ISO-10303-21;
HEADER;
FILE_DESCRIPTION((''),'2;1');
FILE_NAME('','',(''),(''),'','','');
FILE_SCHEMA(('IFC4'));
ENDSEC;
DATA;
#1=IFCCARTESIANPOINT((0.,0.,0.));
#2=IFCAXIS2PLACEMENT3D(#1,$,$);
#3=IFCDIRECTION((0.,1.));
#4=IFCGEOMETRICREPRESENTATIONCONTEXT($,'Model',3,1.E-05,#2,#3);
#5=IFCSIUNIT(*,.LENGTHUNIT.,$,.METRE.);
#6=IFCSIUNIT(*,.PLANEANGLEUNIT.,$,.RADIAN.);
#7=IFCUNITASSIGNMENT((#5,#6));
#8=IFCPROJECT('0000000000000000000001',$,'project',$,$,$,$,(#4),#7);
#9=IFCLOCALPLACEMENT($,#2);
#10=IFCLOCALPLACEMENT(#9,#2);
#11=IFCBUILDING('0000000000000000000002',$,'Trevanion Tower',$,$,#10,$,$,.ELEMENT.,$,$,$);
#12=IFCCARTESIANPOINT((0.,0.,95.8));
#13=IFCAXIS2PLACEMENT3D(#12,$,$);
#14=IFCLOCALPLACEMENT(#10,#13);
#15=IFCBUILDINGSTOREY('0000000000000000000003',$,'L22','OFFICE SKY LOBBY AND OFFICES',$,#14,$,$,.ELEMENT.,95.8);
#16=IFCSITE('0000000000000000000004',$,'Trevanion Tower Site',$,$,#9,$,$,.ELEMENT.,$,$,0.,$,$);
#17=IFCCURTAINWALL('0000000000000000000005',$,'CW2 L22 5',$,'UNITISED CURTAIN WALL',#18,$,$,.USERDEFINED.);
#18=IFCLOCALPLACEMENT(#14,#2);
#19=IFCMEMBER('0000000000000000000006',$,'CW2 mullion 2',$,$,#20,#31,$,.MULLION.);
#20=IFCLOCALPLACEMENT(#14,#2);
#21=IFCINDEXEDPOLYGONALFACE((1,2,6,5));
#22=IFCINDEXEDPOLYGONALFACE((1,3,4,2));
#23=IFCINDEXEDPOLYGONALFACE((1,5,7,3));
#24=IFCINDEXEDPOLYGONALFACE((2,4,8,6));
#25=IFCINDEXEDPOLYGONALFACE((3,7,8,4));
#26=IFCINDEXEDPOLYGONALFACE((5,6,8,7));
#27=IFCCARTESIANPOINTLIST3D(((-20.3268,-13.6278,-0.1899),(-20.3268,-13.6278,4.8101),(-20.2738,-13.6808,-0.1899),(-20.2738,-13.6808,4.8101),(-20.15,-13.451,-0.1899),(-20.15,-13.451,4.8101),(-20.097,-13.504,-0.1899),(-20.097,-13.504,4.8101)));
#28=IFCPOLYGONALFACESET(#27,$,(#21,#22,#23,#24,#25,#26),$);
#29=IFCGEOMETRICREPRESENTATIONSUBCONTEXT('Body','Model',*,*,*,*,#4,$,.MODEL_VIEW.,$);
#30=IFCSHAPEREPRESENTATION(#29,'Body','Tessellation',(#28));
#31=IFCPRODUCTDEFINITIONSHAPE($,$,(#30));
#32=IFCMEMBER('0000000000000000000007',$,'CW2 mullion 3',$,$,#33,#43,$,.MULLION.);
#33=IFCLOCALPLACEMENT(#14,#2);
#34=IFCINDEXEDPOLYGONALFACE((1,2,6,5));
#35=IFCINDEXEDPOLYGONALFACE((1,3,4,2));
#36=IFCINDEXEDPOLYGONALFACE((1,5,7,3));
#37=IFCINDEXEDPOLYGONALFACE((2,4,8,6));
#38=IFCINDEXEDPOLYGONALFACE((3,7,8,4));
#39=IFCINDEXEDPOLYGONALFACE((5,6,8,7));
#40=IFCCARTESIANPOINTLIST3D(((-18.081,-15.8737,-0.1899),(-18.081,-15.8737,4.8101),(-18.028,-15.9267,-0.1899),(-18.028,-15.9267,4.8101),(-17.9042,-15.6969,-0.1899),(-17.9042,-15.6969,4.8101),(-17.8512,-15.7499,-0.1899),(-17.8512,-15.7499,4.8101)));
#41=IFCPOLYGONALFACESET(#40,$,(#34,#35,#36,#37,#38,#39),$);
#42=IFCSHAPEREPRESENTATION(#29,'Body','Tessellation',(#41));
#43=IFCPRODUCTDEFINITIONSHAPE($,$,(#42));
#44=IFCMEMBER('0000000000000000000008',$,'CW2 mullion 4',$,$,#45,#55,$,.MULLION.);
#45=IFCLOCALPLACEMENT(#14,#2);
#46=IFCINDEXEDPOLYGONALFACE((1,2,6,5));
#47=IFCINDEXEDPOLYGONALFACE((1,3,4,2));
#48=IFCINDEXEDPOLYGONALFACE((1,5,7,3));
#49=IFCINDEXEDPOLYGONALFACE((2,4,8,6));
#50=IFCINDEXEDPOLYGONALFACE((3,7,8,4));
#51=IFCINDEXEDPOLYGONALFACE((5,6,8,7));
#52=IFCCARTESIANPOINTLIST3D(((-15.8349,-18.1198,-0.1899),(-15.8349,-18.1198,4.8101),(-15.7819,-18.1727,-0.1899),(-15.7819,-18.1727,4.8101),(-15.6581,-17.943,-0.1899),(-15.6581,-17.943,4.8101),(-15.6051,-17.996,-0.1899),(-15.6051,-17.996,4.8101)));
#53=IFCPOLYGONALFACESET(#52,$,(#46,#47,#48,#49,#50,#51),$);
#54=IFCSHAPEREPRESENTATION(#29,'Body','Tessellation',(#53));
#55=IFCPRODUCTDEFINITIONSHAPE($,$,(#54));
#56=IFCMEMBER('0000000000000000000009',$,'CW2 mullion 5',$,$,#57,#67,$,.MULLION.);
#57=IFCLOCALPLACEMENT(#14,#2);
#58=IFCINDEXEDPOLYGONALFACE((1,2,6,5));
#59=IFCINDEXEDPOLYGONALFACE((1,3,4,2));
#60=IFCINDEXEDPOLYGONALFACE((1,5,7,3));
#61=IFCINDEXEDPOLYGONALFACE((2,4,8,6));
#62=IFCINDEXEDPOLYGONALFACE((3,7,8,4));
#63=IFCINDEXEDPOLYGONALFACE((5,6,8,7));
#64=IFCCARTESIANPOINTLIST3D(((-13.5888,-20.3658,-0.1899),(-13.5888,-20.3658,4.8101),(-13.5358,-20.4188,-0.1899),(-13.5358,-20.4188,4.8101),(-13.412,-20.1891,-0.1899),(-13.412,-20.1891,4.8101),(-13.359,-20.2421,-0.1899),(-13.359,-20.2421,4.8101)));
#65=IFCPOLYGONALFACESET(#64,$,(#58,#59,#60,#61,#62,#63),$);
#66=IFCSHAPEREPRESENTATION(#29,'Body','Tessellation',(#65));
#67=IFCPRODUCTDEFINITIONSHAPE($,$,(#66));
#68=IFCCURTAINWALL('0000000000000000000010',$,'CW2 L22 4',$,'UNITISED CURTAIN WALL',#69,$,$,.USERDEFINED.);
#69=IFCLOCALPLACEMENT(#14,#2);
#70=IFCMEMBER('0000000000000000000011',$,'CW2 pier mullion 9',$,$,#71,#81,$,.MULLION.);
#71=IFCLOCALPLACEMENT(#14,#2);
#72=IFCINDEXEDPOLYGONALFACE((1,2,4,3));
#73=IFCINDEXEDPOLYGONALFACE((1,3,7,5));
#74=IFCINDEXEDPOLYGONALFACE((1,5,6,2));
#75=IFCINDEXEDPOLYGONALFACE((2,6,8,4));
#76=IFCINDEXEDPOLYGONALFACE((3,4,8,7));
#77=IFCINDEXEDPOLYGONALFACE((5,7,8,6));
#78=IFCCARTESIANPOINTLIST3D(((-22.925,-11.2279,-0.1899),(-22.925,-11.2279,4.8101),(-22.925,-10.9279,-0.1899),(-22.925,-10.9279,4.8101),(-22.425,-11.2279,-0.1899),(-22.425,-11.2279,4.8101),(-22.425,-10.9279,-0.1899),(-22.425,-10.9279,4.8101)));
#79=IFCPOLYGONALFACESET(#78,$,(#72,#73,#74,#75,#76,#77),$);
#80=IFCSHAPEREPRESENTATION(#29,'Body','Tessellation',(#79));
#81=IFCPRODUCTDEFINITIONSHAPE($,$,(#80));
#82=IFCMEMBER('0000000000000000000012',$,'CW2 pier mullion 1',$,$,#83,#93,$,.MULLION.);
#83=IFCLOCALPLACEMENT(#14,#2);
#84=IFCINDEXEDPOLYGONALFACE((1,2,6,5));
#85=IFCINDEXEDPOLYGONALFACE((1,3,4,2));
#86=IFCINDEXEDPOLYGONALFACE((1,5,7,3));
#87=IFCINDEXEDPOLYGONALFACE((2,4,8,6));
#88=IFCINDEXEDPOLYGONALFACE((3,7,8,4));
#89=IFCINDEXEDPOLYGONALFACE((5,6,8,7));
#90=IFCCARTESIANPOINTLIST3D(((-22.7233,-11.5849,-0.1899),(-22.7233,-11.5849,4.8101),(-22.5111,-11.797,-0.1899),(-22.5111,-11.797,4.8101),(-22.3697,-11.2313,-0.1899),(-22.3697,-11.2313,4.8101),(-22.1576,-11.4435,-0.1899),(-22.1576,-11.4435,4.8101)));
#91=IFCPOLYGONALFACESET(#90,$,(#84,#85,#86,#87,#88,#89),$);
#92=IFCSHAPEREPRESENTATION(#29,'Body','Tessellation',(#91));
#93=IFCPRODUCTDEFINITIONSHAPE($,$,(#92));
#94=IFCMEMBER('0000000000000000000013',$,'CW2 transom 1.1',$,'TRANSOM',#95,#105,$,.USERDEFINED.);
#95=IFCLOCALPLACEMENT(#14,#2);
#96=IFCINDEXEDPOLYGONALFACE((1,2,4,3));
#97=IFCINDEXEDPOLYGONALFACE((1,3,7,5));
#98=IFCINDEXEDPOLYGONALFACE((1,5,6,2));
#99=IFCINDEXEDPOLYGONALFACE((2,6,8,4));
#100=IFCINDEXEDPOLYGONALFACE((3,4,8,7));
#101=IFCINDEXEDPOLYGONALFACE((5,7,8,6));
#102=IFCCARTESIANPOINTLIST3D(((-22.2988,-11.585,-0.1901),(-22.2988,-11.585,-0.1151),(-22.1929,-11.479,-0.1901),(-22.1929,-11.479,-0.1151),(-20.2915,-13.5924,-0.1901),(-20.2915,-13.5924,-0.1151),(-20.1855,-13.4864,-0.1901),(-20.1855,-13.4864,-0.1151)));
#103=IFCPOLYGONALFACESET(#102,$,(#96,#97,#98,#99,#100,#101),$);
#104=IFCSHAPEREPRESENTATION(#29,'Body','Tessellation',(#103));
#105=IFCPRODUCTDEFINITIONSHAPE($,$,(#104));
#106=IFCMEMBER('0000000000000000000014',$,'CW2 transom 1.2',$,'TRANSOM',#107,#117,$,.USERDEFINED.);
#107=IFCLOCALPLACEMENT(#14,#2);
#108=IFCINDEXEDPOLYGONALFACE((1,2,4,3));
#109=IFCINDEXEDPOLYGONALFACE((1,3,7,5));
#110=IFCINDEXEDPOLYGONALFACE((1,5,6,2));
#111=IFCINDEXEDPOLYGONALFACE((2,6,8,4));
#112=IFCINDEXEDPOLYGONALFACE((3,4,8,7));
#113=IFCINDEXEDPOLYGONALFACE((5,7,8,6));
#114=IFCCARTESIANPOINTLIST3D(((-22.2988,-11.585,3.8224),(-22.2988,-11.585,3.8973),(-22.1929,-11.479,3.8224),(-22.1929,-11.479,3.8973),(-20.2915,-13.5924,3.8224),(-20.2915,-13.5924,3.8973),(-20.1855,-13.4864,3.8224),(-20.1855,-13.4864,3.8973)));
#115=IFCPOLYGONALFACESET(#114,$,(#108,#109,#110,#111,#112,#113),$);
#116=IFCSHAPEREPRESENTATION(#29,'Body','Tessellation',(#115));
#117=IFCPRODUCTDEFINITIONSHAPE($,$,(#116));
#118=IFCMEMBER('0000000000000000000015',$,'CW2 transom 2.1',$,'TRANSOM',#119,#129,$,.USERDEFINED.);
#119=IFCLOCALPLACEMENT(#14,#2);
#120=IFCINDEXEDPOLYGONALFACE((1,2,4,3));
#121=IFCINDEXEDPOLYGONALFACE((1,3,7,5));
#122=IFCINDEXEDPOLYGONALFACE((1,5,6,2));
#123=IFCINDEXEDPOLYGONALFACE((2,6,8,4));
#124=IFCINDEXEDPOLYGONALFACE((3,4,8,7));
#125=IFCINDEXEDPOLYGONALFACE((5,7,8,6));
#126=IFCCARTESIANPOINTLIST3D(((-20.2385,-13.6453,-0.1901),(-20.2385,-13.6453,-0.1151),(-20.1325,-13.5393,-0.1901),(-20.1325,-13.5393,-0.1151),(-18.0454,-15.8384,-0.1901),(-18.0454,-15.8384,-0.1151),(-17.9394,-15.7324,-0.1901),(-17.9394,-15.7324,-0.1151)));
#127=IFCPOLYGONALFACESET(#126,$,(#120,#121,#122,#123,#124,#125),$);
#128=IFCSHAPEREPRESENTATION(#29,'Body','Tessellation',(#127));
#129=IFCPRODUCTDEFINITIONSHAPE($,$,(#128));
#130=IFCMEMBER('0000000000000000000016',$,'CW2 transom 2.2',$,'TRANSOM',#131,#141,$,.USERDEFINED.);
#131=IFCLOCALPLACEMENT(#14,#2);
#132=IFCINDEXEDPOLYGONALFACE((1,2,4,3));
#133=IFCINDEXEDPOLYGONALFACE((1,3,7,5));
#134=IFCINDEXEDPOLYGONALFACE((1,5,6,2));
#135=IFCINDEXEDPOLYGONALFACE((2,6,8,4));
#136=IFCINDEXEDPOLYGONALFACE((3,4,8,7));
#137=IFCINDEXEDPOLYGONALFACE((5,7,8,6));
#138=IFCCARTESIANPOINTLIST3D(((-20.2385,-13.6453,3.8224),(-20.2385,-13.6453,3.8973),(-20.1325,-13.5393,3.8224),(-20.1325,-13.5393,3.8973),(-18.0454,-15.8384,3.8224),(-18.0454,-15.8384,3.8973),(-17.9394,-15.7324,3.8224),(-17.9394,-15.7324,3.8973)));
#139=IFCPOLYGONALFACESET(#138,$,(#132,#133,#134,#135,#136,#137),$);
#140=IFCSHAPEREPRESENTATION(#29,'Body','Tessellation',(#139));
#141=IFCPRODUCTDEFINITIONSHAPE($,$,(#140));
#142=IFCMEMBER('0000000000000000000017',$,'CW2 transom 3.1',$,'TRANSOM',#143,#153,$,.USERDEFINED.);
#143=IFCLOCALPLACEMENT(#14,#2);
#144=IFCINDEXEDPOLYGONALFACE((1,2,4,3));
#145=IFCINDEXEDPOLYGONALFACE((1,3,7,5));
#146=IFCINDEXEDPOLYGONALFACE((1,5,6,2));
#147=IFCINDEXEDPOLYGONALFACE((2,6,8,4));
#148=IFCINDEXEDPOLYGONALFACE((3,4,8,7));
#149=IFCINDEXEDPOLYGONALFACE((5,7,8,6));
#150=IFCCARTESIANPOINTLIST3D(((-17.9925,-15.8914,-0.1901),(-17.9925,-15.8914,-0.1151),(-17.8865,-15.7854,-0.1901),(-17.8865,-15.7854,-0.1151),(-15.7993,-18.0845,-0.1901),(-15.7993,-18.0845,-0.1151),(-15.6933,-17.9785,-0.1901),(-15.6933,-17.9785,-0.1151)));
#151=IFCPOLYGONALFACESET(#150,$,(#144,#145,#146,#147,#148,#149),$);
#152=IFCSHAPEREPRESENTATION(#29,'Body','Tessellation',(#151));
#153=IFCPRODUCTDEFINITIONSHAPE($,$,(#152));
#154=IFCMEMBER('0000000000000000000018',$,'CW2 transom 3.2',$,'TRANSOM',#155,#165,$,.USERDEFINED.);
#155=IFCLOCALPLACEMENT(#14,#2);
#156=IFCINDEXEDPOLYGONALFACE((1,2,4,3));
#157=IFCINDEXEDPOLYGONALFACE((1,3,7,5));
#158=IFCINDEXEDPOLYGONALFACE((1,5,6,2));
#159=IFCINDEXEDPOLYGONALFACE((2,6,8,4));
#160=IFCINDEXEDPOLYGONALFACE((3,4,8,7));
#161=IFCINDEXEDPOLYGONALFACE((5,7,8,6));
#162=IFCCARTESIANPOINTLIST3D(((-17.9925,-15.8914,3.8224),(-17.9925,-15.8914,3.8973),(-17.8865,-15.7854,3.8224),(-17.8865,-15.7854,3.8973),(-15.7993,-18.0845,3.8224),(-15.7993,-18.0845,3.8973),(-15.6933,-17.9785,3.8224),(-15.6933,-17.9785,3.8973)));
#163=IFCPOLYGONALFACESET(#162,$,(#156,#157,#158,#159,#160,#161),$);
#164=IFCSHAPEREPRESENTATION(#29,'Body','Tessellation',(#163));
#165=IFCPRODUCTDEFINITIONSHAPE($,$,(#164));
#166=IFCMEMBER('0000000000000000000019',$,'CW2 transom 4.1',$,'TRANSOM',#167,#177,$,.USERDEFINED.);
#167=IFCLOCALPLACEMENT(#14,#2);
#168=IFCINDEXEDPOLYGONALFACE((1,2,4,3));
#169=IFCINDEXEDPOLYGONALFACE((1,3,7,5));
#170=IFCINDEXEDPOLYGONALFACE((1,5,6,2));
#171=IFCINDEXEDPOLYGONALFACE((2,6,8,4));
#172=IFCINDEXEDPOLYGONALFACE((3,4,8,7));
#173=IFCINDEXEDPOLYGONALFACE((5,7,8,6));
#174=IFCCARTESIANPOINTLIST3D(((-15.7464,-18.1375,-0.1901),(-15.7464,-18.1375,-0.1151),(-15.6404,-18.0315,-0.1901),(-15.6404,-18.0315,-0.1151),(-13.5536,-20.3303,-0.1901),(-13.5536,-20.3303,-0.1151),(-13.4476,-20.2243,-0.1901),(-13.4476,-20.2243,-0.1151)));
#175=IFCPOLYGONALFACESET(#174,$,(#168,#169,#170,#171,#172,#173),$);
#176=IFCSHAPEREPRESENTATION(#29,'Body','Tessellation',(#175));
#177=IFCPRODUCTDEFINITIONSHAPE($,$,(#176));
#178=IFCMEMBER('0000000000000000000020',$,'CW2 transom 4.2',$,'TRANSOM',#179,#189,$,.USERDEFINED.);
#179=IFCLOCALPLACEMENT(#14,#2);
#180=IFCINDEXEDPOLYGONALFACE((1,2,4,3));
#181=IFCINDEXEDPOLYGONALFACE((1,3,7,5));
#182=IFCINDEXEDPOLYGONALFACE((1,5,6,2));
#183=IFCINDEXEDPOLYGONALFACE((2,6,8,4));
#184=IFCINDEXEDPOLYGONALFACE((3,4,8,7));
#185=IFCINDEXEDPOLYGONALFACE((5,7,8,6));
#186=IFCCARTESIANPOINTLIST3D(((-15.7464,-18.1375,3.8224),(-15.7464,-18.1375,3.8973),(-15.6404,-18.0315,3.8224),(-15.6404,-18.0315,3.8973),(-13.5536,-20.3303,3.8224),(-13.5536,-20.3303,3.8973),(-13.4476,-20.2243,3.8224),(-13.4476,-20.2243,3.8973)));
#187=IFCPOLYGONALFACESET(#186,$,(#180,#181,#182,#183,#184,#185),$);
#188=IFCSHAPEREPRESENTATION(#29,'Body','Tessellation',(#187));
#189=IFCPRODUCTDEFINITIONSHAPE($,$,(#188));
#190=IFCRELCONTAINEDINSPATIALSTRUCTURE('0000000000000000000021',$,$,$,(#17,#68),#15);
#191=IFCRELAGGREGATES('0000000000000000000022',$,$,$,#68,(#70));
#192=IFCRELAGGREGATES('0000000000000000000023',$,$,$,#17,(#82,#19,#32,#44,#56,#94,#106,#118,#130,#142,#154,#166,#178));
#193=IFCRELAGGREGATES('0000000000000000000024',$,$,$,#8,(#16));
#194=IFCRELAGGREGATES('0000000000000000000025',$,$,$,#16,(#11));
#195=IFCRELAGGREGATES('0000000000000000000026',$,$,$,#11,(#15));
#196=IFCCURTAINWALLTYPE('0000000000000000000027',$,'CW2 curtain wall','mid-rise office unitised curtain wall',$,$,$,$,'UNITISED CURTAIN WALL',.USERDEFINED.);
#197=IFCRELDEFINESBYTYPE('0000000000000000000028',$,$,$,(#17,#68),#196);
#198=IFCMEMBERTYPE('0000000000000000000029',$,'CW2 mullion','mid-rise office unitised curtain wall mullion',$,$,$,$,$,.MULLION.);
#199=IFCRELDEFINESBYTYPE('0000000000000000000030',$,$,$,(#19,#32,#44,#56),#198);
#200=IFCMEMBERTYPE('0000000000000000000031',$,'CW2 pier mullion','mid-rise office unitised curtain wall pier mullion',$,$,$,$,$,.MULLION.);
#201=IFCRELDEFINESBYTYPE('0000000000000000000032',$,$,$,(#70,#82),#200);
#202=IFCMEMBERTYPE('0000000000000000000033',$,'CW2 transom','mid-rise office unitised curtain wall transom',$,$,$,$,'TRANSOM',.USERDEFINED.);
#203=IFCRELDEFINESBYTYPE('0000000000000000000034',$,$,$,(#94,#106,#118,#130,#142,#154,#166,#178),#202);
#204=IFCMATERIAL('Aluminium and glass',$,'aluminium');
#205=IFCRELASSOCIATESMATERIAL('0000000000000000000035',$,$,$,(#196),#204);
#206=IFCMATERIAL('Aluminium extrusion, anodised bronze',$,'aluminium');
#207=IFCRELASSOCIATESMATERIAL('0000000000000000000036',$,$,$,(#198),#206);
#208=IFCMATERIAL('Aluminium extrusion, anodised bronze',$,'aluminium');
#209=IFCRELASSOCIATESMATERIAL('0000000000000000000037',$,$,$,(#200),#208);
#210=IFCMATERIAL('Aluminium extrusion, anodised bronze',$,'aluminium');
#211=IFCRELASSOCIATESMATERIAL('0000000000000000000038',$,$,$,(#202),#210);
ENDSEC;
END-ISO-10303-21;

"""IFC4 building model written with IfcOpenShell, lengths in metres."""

from ifc_helpers import new_model, si_unit, direction, frame, origin, origin_2d, place, context, subcontext, project, spatial, rectangle, extrude, material, material_profile, profile_set, type_object, element, aggregate, save


model = new_model("IFC4")

# Units and contexts
model_context = context("Model", 3, precision=1e-05, world=origin(), true_north=direction((0.0, 1.0)))
body_context = subcontext(model_context, "Body", "Model", "MODEL_VIEW")
ifc_project = project(units=[si_unit("LENGTHUNIT", "METRE"), si_unit("PLANEANGLEUNIT", "RADIAN")], contexts=[model_context])

# Site, building, storey
site_placement = place(None, origin())
site = spatial("IfcSite", under=ifc_project, at=site_placement, Name="Trevanion Tower Site", CompositionType="ELEMENT", RefElevation=0.0)
building_placement = place(site_placement, origin())
building = spatial("IfcBuilding", under=site, at=building_placement, Name="Trevanion Tower", CompositionType="ELEMENT")
storey_placement = place(building_placement, frame((0.0, 0.0, 95.8)))
storey = spatial("IfcBuildingStorey", under=building, at=storey_placement, Name="L22", Description="OFFICE SKY LOBBY AND OFFICES", CompositionType="ELEMENT", Elevation=95.8)

# Curtain wall, members
ifc_material_1 = material(Name="Aluminium and glass", Category="aluminium")
curtain_wall_type = type_object("IfcCurtainWallType", Name="CW2 curtain wall", Description="mid-rise office unitised curtain wall", ElementType="UNITISED CURTAIN WALL", PredefinedType="USERDEFINED", material=ifc_material_1)
curtain_wall_1_placement = place(storey_placement, origin())
curtain_wall_1 = element("IfcCurtainWall", 1, at=curtain_wall_1_placement, inside=storey, type_object=curtain_wall_type, Name="CW2 L22 5", ObjectType="UNITISED CURTAIN WALL", PredefinedType="USERDEFINED")
ifc_material_2 = material(Name="Aluminium extrusion, anodised bronze", Category="aluminium")
ifc_material_profile_1 = material_profile(ifc_material_2, rectangle(XDim=0.075, YDim=0.25, at=origin_2d()), Name="CW2 mullion")
ifc_profile_set_1 = profile_set([ifc_material_profile_1], Name="Aluminium extrusion, anodised bronze")
member_type_1 = type_object("IfcMemberType", Name="CW2 mullion", Description="mid-rise office unitised curtain wall mullion", PredefinedType="MULLION", material=ifc_profile_set_1)
member_1_placement = place(storey_placement, frame((-20.2119, -13.5659, -0.1899), z_axis=(0.0, 0.0, 1.0), x_axis=(0.707107, -0.707107, 0.0)))
member_1 = element("IfcMember", 2, at=member_1_placement, type_object=member_type_1, Name="CW2 mullion 2", PredefinedType="MULLION", context=body_context, shape_type="SweptSolid", body=[
    extrude(rectangle(XDim=0.075, YDim=0.25, at=origin_2d()), origin(), (0.0, 0.0, 1.0), 5.0),
])
member_2_placement = place(storey_placement, frame((-17.9661, -15.8118, -0.1899), z_axis=(0.0, 0.0, 1.0), x_axis=(0.707107, -0.707107, 0.0)))
member_2 = element("IfcMember", 3, at=member_2_placement, type_object=member_type_1, Name="CW2 mullion 3", PredefinedType="MULLION", context=body_context, shape_type="SweptSolid", body=[
    extrude(rectangle(XDim=0.075, YDim=0.25, at=origin_2d()), origin(), (0.0, 0.0, 1.0), 5.0),
])
member_3_placement = place(storey_placement, frame((-15.72, -18.0579, -0.1899), z_axis=(0.0, 0.0, 1.0), x_axis=(0.707107, -0.707107, 0.0)))
member_3 = element("IfcMember", 4, at=member_3_placement, type_object=member_type_1, Name="CW2 mullion 4", PredefinedType="MULLION", context=body_context, shape_type="SweptSolid", body=[
    extrude(rectangle(XDim=0.075, YDim=0.25, at=origin_2d()), origin(), (0.0, 0.0, 1.0), 5.0),
])
member_4_placement = place(storey_placement, frame((-13.4739, -20.304, -0.1899), z_axis=(0.0, 0.0, 1.0), x_axis=(0.707107, -0.707107, 0.0)))
member_4 = element("IfcMember", 5, at=member_4_placement, type_object=member_type_1, Name="CW2 mullion 5", PredefinedType="MULLION", context=body_context, shape_type="SweptSolid", body=[
    extrude(rectangle(XDim=0.075, YDim=0.25, at=origin_2d()), origin(), (0.0, 0.0, 1.0), 5.0),
])

# Curtain wall, member
curtain_wall_2_placement = place(storey_placement, origin())
curtain_wall_2 = element("IfcCurtainWall", 6, at=curtain_wall_2_placement, inside=storey, type_object=curtain_wall_type, Name="CW2 L22 4", ObjectType="UNITISED CURTAIN WALL", PredefinedType="USERDEFINED")
ifc_material_3 = material(Name="Aluminium extrusion, anodised bronze", Category="aluminium")
ifc_material_profile_2 = material_profile(ifc_material_3, rectangle(XDim=0.3, YDim=0.5, at=origin_2d()), Name="CW2 pier mullion")
ifc_profile_set_2 = profile_set([ifc_material_profile_2], Name="Aluminium extrusion, anodised bronze")
member_type_2 = type_object("IfcMemberType", Name="CW2 pier mullion", Description="mid-rise office unitised curtain wall pier mullion", PredefinedType="MULLION", material=ifc_profile_set_2)
member_5_placement = place(storey_placement, frame((-22.675, -11.0779, -0.1899), z_axis=(0.0, 0.0, 1.0), x_axis=(0.0, -1.0, 0.0)))
member_5 = element("IfcMember", 7, at=member_5_placement, type_object=member_type_2, Name="CW2 pier mullion 9", PredefinedType="MULLION", context=body_context, shape_type="SweptSolid", body=[
    extrude(rectangle(XDim=0.3, YDim=0.5, at=origin_2d()), origin(), (0.0, 0.0, 1.0), 5.0),
])
aggregate(curtain_wall_2, [member_5])

# Members
member_6_placement = place(storey_placement, frame((-22.4404, -11.5142, -0.1899), z_axis=(0.0, 0.0, 1.0), x_axis=(0.707107, -0.707107, 0.0)))
member_6 = element("IfcMember", 8, at=member_6_placement, type_object=member_type_2, Name="CW2 pier mullion 1", PredefinedType="MULLION", context=body_context, shape_type="SweptSolid", body=[
    extrude(rectangle(XDim=0.3, YDim=0.5, at=origin_2d()), origin(), (0.0, 0.0, 1.0), 5.0),
])
ifc_material_4 = material(Name="Aluminium extrusion, anodised bronze", Category="aluminium")
ifc_material_profile_3 = material_profile(ifc_material_4, rectangle(XDim=0.1499, YDim=0.075, at=origin_2d()), Name="CW2 transom")
ifc_profile_set_3 = profile_set([ifc_material_profile_3], Name="Aluminium extrusion, anodised bronze")
member_type_3 = type_object("IfcMemberType", Name="CW2 transom", Description="mid-rise office unitised curtain wall transom", ElementType="TRANSOM", PredefinedType="USERDEFINED", material=ifc_profile_set_3)
member_7_placement = place(storey_placement, frame((-22.2458, -11.532, -0.1526), z_axis=(0.707107, -0.707107, 0.0), x_axis=(0.707107, 0.707107, 0.0)))
member_7 = element("IfcMember", 9, at=member_7_placement, type_object=member_type_3, Name="CW2 transom 1.1", ObjectType="TRANSOM", PredefinedType="USERDEFINED", context=body_context, shape_type="SweptSolid", body=[
    extrude(rectangle(XDim=0.1499, YDim=0.075, at=origin_2d()), origin(), (0.0, 0.0, 1.0), 2.8389),
])
member_8_placement = place(storey_placement, frame((-22.2458, -11.532, 3.8599), z_axis=(0.707107, -0.707107, 0.0), x_axis=(0.707107, 0.707107, 0.0)))
member_8 = element("IfcMember", 10, at=member_8_placement, type_object=member_type_3, Name="CW2 transom 1.2", ObjectType="TRANSOM", PredefinedType="USERDEFINED", context=body_context, shape_type="SweptSolid", body=[
    extrude(rectangle(XDim=0.1499, YDim=0.075, at=origin_2d()), origin(), (0.0, 0.0, 1.0), 2.8389),
])
member_9_placement = place(storey_placement, frame((-20.1855, -13.5923, -0.1526), z_axis=(0.707107, -0.707107, 0.0), x_axis=(0.707107, 0.707107, 0.0)))
member_9 = element("IfcMember", 11, at=member_9_placement, type_object=member_type_3, Name="CW2 transom 2.1", ObjectType="TRANSOM", PredefinedType="USERDEFINED", context=body_context, shape_type="SweptSolid", body=[
    extrude(rectangle(XDim=0.1499, YDim=0.075, at=origin_2d()), origin(), (0.0, 0.0, 1.0), 3.1016),
])
member_10_placement = place(storey_placement, frame((-20.1855, -13.5923, 3.8599), z_axis=(0.707107, -0.707107, 0.0), x_axis=(0.707107, 0.707107, 0.0)))
member_10 = element("IfcMember", 12, at=member_10_placement, type_object=member_type_3, Name="CW2 transom 2.2", ObjectType="TRANSOM", PredefinedType="USERDEFINED", context=body_context, shape_type="SweptSolid", body=[
    extrude(rectangle(XDim=0.1499, YDim=0.075, at=origin_2d()), origin(), (0.0, 0.0, 1.0), 3.1016),
])
member_11_placement = place(storey_placement, frame((-17.9395, -15.8384, -0.1526), z_axis=(0.707107, -0.707107, 0.0), x_axis=(0.707107, 0.707107, 0.0)))
member_11 = element("IfcMember", 13, at=member_11_placement, type_object=member_type_3, Name="CW2 transom 3.1", ObjectType="TRANSOM", PredefinedType="USERDEFINED", context=body_context, shape_type="SweptSolid", body=[
    extrude(rectangle(XDim=0.1499, YDim=0.075, at=origin_2d()), origin(), (0.0, 0.0, 1.0), 3.1016),
])
member_12_placement = place(storey_placement, frame((-17.9395, -15.8384, 3.8599), z_axis=(0.707107, -0.707107, 0.0), x_axis=(0.707107, 0.707107, 0.0)))
member_12 = element("IfcMember", 14, at=member_12_placement, type_object=member_type_3, Name="CW2 transom 3.2", ObjectType="TRANSOM", PredefinedType="USERDEFINED", context=body_context, shape_type="SweptSolid", body=[
    extrude(rectangle(XDim=0.1499, YDim=0.075, at=origin_2d()), origin(), (0.0, 0.0, 1.0), 3.1016),
])
member_13_placement = place(storey_placement, frame((-15.6934, -18.0845, -0.1526), z_axis=(0.707107, -0.707107, 0.0), x_axis=(0.707107, 0.707107, 0.0)))
member_13 = element("IfcMember", 15, at=member_13_placement, type_object=member_type_3, Name="CW2 transom 4.1", ObjectType="TRANSOM", PredefinedType="USERDEFINED", context=body_context, shape_type="SweptSolid", body=[
    extrude(rectangle(XDim=0.1499, YDim=0.075, at=origin_2d()), origin(), (0.0, 0.0, 1.0), 3.1011),
])
member_14_placement = place(storey_placement, frame((-15.6934, -18.0845, 3.8599), z_axis=(0.707107, -0.707107, 0.0), x_axis=(0.707107, 0.707107, 0.0)))
member_14 = element("IfcMember", 16, at=member_14_placement, type_object=member_type_3, Name="CW2 transom 4.2", ObjectType="TRANSOM", PredefinedType="USERDEFINED", context=body_context, shape_type="SweptSolid", body=[
    extrude(rectangle(XDim=0.1499, YDim=0.075, at=origin_2d()), origin(), (0.0, 0.0, 1.0), 3.1011),
])

aggregate(curtain_wall_1, [member_6, member_1, member_2, member_3, member_4, member_7, member_8, member_9, member_10, member_11, member_12, member_13, member_14])

save(model, "model.ifc")
